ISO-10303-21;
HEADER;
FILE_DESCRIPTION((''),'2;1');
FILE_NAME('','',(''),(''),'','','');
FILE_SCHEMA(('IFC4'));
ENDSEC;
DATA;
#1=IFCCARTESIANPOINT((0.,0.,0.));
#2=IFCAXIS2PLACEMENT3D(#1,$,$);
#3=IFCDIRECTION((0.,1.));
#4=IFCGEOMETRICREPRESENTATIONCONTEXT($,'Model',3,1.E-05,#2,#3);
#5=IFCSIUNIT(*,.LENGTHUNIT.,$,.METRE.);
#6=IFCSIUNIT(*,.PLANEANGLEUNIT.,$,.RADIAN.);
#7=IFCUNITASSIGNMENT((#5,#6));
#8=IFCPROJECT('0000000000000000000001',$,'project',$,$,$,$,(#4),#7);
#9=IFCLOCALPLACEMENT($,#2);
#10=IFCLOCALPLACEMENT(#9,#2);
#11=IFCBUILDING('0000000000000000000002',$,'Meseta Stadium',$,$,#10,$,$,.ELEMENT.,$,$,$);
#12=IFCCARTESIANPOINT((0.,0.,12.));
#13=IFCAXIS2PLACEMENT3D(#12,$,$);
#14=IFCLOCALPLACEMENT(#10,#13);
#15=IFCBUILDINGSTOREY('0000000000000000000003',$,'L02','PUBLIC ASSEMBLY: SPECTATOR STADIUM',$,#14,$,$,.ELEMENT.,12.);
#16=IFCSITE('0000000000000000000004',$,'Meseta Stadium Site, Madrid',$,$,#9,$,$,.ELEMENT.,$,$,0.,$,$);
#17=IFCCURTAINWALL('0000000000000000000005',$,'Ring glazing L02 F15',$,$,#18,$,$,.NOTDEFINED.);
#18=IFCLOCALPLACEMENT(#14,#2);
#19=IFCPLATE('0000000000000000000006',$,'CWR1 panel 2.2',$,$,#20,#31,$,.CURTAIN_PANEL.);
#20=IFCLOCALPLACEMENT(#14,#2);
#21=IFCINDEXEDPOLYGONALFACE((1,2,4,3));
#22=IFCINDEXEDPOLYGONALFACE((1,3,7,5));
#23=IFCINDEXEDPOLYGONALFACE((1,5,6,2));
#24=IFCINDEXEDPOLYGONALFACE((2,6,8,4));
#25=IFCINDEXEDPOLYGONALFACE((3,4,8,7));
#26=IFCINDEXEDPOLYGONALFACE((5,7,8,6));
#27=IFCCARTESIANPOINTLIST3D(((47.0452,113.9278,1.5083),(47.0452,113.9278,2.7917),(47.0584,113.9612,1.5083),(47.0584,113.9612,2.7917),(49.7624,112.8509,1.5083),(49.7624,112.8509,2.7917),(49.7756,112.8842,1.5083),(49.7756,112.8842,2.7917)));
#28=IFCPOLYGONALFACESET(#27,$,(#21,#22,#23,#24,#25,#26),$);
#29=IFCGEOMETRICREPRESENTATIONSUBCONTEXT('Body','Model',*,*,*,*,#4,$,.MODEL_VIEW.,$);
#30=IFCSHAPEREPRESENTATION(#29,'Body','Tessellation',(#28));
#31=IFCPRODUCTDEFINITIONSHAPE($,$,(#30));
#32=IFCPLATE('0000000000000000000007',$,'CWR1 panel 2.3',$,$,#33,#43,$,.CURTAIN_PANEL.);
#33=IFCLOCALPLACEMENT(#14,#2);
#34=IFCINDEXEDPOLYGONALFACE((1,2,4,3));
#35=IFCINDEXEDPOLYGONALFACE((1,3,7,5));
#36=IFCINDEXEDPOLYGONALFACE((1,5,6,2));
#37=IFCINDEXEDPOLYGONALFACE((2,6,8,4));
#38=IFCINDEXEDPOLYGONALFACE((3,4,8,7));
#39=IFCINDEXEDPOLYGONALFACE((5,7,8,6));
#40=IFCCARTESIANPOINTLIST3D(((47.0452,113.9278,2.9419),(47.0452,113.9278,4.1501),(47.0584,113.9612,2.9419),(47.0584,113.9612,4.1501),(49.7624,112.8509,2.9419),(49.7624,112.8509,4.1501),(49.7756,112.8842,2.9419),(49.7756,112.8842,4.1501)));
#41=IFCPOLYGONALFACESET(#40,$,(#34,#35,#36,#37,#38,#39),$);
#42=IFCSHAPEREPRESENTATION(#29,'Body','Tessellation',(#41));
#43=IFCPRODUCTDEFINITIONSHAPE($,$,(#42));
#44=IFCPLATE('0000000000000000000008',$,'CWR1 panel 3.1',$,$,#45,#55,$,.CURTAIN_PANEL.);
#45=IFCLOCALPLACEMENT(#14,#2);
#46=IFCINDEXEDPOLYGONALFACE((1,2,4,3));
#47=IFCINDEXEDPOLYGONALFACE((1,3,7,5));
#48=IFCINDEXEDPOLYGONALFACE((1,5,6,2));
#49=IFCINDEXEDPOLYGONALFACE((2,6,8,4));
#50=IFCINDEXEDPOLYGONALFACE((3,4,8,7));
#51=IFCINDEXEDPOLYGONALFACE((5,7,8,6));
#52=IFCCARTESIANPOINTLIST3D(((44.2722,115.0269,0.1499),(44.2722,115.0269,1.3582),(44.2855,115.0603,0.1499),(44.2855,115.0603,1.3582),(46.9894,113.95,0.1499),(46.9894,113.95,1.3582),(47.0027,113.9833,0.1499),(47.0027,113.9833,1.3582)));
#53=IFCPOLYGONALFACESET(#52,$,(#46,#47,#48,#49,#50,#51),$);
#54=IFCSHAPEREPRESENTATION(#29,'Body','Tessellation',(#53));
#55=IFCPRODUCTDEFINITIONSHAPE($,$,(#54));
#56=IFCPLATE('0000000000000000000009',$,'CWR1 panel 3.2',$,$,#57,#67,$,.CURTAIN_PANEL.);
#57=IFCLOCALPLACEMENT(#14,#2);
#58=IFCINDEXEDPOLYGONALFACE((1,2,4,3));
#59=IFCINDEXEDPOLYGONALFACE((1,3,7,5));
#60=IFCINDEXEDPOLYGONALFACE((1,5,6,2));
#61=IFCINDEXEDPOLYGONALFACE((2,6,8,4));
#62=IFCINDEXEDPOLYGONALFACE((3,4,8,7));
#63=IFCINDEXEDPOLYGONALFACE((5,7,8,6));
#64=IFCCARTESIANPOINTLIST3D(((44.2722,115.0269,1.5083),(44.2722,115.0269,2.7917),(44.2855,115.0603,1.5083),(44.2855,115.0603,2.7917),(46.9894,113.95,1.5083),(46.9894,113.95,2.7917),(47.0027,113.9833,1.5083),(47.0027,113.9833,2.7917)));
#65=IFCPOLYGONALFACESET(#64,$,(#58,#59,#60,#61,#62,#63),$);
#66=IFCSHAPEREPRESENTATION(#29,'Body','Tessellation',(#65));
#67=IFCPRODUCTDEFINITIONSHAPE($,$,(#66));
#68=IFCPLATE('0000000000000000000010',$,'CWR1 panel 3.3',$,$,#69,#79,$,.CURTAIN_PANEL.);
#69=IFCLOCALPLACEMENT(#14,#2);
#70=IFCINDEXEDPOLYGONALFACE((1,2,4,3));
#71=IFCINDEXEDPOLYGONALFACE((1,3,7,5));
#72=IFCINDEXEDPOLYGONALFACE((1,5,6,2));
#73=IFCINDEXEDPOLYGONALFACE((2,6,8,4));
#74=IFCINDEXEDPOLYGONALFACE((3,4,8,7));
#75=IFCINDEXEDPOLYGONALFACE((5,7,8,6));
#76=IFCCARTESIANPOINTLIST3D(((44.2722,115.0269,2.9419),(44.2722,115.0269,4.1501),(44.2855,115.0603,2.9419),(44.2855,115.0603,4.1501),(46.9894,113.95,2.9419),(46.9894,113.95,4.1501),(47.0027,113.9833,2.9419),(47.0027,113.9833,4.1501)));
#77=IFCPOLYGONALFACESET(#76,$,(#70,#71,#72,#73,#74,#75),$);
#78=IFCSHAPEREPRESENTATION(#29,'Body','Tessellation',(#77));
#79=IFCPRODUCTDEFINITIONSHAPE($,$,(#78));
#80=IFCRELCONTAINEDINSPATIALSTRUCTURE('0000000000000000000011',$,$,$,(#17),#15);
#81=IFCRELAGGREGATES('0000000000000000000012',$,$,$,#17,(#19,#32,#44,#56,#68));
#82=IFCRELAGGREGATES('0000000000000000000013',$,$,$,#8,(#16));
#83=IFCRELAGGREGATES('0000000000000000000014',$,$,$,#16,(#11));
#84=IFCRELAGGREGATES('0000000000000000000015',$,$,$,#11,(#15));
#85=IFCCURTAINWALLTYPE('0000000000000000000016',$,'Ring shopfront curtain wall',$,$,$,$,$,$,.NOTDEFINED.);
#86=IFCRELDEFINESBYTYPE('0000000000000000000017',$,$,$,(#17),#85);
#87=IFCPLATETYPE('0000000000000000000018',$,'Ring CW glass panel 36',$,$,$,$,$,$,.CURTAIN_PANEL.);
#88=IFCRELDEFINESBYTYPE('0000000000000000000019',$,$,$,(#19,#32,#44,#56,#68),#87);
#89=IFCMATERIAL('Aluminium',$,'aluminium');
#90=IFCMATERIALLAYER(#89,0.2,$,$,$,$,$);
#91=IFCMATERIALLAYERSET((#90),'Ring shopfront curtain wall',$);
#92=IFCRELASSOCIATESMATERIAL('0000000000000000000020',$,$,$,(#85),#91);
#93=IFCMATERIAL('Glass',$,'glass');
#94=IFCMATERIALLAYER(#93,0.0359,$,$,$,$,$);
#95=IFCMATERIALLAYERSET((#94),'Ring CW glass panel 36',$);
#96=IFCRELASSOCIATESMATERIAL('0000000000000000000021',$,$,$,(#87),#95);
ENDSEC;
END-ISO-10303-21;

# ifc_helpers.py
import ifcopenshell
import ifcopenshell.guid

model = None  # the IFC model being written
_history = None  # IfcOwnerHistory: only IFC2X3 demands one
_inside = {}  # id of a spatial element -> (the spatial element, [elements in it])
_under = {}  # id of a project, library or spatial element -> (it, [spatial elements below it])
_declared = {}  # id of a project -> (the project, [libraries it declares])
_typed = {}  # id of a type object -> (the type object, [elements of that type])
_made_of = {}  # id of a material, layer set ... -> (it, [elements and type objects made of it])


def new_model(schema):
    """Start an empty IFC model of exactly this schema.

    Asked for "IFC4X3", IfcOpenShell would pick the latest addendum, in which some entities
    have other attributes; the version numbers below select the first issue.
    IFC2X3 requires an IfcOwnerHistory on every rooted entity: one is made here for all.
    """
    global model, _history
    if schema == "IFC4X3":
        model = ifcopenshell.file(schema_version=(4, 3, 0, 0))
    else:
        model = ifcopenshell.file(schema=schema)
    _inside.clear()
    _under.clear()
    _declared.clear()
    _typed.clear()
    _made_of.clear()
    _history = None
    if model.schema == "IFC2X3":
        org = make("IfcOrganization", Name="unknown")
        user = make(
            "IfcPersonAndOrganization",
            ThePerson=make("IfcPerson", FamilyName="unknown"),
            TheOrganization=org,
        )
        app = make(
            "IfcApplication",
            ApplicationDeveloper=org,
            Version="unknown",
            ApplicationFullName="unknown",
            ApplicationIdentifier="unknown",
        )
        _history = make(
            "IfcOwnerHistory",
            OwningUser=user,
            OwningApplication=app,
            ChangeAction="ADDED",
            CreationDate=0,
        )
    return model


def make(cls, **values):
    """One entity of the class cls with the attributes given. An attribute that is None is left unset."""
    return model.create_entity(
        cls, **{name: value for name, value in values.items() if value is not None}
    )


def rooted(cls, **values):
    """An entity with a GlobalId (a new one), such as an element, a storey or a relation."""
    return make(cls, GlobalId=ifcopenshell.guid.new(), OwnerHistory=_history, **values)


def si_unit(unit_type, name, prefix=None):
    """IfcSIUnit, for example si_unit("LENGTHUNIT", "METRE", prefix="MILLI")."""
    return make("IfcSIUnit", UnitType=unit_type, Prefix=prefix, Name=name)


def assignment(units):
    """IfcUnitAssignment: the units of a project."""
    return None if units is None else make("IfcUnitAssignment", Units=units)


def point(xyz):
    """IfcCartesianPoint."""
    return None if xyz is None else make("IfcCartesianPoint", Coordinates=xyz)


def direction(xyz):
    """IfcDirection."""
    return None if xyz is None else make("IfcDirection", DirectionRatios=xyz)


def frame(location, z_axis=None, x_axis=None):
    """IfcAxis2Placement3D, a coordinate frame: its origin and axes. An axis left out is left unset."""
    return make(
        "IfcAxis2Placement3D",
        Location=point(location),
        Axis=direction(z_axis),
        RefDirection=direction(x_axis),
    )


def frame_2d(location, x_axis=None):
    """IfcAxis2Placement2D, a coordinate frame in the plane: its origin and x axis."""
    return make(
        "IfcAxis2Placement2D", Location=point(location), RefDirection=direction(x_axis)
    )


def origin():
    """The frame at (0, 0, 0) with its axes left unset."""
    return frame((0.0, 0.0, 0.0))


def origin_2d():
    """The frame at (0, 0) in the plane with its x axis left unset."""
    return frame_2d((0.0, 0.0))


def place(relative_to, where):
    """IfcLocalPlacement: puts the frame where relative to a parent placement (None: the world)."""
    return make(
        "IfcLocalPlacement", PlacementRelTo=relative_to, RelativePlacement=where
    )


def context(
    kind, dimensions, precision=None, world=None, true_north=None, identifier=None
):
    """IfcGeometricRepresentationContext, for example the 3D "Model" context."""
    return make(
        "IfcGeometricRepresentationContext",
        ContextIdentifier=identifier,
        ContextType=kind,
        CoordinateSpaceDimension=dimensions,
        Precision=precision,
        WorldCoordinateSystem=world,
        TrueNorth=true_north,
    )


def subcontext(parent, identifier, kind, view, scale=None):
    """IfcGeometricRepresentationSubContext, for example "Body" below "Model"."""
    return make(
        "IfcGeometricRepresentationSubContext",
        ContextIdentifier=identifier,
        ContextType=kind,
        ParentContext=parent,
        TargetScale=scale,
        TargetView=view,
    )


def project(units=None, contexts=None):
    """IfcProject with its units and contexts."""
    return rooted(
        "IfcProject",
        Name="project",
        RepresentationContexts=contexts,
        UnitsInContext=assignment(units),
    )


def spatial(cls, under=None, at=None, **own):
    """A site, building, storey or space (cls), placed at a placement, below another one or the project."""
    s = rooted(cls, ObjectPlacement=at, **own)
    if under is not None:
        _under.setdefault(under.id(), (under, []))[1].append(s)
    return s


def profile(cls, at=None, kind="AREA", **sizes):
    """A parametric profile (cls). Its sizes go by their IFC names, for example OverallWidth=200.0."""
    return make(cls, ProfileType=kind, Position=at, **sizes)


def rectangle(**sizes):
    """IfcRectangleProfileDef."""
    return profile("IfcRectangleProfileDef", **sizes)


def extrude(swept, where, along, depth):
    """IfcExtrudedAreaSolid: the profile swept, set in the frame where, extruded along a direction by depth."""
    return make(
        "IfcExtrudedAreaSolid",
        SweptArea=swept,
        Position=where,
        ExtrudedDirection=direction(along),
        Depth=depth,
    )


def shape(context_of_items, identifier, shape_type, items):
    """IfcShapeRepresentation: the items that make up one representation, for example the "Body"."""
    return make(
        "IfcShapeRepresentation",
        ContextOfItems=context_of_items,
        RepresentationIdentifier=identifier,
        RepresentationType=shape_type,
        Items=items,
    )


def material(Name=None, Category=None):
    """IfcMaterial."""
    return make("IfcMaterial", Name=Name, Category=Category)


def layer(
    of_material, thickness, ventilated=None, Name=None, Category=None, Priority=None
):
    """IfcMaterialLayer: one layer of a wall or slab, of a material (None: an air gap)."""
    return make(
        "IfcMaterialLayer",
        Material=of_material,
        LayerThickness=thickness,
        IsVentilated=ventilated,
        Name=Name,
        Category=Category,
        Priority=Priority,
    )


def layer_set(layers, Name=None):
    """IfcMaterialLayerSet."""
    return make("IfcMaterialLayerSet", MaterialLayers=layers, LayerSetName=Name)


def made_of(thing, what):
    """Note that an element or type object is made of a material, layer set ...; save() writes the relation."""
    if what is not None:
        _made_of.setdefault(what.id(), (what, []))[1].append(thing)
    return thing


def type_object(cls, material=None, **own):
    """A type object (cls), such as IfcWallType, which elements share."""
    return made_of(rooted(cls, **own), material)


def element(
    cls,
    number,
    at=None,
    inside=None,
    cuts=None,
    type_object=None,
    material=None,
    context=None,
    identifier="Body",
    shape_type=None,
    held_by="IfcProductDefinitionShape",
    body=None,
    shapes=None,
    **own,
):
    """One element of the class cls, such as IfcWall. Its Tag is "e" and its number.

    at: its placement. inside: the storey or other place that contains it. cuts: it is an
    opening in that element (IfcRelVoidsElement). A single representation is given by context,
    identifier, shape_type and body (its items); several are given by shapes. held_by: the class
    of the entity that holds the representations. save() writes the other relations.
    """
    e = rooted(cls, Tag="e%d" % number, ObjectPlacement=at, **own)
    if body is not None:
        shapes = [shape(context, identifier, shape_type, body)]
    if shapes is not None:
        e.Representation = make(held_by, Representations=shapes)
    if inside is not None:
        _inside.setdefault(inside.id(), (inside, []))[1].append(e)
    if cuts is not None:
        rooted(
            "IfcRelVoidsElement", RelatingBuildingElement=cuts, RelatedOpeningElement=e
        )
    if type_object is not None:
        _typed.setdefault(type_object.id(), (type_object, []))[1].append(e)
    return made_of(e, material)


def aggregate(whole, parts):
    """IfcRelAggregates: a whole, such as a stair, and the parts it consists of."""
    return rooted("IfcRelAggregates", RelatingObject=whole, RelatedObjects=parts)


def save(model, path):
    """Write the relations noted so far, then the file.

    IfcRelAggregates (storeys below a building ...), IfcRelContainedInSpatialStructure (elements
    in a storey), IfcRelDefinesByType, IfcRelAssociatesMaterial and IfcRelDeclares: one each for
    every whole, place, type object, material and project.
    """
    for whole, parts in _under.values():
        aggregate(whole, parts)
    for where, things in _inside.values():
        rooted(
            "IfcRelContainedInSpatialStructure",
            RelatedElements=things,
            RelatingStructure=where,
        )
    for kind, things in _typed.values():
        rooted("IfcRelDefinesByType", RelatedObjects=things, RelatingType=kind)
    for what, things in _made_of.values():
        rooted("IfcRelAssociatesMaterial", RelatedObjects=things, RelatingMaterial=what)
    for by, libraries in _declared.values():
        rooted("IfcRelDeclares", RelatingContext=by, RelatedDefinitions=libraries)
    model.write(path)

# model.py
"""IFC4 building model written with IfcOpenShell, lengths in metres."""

from ifc_helpers import new_model, si_unit, direction, frame, origin, origin_2d, place, context, subcontext, project, spatial, rectangle, extrude, material, layer, layer_set, type_object, element, aggregate, save


model = new_model("IFC4")

# Units and contexts
model_context = context("Model", 3, precision=1e-05, world=origin(), true_north=direction((0.0, 1.0)))
body_context = subcontext(model_context, "Body", "Model", "MODEL_VIEW")
ifc_project = project(units=[si_unit("LENGTHUNIT", "METRE"), si_unit("PLANEANGLEUNIT", "RADIAN")], contexts=[model_context])

# Site, building, storey
site_placement = place(None, origin())
site = spatial("IfcSite", under=ifc_project, at=site_placement, Name="Meseta Stadium Site, Madrid", CompositionType="ELEMENT", RefElevation=0.0)
building_placement = place(site_placement, origin())
building = spatial("IfcBuilding", under=site, at=building_placement, Name="Meseta Stadium", CompositionType="ELEMENT")
storey_placement = place(building_placement, frame((0.0, 0.0, 12.0)))
storey = spatial("IfcBuildingStorey", under=building, at=storey_placement, Name="L02", Description="PUBLIC ASSEMBLY: SPECTATOR STADIUM", CompositionType="ELEMENT", Elevation=12.0)

# Curtain wall
ifc_material_1 = material(Name="Aluminium", Category="aluminium")
ifc_layer_1 = layer(ifc_material_1, 0.2)
ifc_layer_set_1 = layer_set([ifc_layer_1], Name="Ring shopfront curtain wall")
curtain_wall_type = type_object("IfcCurtainWallType", Name="Ring shopfront curtain wall", PredefinedType="NOTDEFINED", material=ifc_layer_set_1)
curtain_wall_1_placement = place(storey_placement, origin())
curtain_wall_1 = element("IfcCurtainWall", 1, at=curtain_wall_1_placement, inside=storey, type_object=curtain_wall_type, Name="Ring glazing L02 F15", PredefinedType="NOTDEFINED")

# Plates
ifc_material_2 = material(Name="Glass", Category="glass")
ifc_layer_2 = layer(ifc_material_2, 0.0359)
ifc_layer_set_2 = layer_set([ifc_layer_2], Name="Ring CW glass panel 36")
plate_type = type_object("IfcPlateType", Name="Ring CW glass panel 36", PredefinedType="CURTAIN_PANEL", material=ifc_layer_set_2)
plate_1_placement = place(storey_placement, frame((48.4104, 113.406, 1.5083), z_axis=(0.0, 0.0, 1.0), x_axis=(-0.929646, 0.368454, 0.0)))
plate_1 = element("IfcPlate", 2, at=plate_1_placement, type_object=plate_type, Name="CWR1 panel 2.2", PredefinedType="CURTAIN_PANEL", context=body_context, shape_type="SweptSolid", body=[
    extrude(rectangle(XDim=2.9229, YDim=0.0359, at=origin_2d()), origin(), (0.0, 0.0, 1.0), 1.2834),
])
plate_2_placement = place(storey_placement, frame((48.4104, 113.406, 2.9419), z_axis=(0.0, 0.0, 1.0), x_axis=(-0.929646, 0.368454, 0.0)))
plate_2 = element("IfcPlate", 3, at=plate_2_placement, type_object=plate_type, Name="CWR1 panel 2.3", PredefinedType="CURTAIN_PANEL", context=body_context, shape_type="SweptSolid", body=[
    extrude(rectangle(XDim=2.9229, YDim=0.0359, at=origin_2d()), origin(), (0.0, 0.0, 1.0), 1.2083),
])
plate_3_placement = place(storey_placement, frame((45.6375, 114.5051, 0.1499), z_axis=(0.0, 0.0, 1.0), x_axis=(-0.929646, 0.368454, 0.0)))
plate_3 = element("IfcPlate", 4, at=plate_3_placement, type_object=plate_type, Name="CWR1 panel 3.1", PredefinedType="CURTAIN_PANEL", context=body_context, shape_type="SweptSolid", body=[
    extrude(rectangle(XDim=2.9229, YDim=0.0359, at=origin_2d()), origin(), (0.0, 0.0, 1.0), 1.2083),
])
plate_4_placement = place(storey_placement, frame((45.6375, 114.5051, 1.5083), z_axis=(0.0, 0.0, 1.0), x_axis=(-0.929646, 0.368454, 0.0)))
plate_4 = element("IfcPlate", 5, at=plate_4_placement, type_object=plate_type, Name="CWR1 panel 3.2", PredefinedType="CURTAIN_PANEL", context=body_context, shape_type="SweptSolid", body=[
    extrude(rectangle(XDim=2.9229, YDim=0.0359, at=origin_2d()), origin(), (0.0, 0.0, 1.0), 1.2834),
])
plate_5_placement = place(storey_placement, frame((45.6375, 114.5051, 2.9419), z_axis=(0.0, 0.0, 1.0), x_axis=(-0.929646, 0.368454, 0.0)))
plate_5 = element("IfcPlate", 6, at=plate_5_placement, type_object=plate_type, Name="CWR1 panel 3.3", PredefinedType="CURTAIN_PANEL", context=body_context, shape_type="SweptSolid", body=[
    extrude(rectangle(XDim=2.9229, YDim=0.0359, at=origin_2d()), origin(), (0.0, 0.0, 1.0), 1.2083),
])
aggregate(curtain_wall_1, [plate_1, plate_2, plate_3, plate_4, plate_5])

save(model, "model.ifc")
